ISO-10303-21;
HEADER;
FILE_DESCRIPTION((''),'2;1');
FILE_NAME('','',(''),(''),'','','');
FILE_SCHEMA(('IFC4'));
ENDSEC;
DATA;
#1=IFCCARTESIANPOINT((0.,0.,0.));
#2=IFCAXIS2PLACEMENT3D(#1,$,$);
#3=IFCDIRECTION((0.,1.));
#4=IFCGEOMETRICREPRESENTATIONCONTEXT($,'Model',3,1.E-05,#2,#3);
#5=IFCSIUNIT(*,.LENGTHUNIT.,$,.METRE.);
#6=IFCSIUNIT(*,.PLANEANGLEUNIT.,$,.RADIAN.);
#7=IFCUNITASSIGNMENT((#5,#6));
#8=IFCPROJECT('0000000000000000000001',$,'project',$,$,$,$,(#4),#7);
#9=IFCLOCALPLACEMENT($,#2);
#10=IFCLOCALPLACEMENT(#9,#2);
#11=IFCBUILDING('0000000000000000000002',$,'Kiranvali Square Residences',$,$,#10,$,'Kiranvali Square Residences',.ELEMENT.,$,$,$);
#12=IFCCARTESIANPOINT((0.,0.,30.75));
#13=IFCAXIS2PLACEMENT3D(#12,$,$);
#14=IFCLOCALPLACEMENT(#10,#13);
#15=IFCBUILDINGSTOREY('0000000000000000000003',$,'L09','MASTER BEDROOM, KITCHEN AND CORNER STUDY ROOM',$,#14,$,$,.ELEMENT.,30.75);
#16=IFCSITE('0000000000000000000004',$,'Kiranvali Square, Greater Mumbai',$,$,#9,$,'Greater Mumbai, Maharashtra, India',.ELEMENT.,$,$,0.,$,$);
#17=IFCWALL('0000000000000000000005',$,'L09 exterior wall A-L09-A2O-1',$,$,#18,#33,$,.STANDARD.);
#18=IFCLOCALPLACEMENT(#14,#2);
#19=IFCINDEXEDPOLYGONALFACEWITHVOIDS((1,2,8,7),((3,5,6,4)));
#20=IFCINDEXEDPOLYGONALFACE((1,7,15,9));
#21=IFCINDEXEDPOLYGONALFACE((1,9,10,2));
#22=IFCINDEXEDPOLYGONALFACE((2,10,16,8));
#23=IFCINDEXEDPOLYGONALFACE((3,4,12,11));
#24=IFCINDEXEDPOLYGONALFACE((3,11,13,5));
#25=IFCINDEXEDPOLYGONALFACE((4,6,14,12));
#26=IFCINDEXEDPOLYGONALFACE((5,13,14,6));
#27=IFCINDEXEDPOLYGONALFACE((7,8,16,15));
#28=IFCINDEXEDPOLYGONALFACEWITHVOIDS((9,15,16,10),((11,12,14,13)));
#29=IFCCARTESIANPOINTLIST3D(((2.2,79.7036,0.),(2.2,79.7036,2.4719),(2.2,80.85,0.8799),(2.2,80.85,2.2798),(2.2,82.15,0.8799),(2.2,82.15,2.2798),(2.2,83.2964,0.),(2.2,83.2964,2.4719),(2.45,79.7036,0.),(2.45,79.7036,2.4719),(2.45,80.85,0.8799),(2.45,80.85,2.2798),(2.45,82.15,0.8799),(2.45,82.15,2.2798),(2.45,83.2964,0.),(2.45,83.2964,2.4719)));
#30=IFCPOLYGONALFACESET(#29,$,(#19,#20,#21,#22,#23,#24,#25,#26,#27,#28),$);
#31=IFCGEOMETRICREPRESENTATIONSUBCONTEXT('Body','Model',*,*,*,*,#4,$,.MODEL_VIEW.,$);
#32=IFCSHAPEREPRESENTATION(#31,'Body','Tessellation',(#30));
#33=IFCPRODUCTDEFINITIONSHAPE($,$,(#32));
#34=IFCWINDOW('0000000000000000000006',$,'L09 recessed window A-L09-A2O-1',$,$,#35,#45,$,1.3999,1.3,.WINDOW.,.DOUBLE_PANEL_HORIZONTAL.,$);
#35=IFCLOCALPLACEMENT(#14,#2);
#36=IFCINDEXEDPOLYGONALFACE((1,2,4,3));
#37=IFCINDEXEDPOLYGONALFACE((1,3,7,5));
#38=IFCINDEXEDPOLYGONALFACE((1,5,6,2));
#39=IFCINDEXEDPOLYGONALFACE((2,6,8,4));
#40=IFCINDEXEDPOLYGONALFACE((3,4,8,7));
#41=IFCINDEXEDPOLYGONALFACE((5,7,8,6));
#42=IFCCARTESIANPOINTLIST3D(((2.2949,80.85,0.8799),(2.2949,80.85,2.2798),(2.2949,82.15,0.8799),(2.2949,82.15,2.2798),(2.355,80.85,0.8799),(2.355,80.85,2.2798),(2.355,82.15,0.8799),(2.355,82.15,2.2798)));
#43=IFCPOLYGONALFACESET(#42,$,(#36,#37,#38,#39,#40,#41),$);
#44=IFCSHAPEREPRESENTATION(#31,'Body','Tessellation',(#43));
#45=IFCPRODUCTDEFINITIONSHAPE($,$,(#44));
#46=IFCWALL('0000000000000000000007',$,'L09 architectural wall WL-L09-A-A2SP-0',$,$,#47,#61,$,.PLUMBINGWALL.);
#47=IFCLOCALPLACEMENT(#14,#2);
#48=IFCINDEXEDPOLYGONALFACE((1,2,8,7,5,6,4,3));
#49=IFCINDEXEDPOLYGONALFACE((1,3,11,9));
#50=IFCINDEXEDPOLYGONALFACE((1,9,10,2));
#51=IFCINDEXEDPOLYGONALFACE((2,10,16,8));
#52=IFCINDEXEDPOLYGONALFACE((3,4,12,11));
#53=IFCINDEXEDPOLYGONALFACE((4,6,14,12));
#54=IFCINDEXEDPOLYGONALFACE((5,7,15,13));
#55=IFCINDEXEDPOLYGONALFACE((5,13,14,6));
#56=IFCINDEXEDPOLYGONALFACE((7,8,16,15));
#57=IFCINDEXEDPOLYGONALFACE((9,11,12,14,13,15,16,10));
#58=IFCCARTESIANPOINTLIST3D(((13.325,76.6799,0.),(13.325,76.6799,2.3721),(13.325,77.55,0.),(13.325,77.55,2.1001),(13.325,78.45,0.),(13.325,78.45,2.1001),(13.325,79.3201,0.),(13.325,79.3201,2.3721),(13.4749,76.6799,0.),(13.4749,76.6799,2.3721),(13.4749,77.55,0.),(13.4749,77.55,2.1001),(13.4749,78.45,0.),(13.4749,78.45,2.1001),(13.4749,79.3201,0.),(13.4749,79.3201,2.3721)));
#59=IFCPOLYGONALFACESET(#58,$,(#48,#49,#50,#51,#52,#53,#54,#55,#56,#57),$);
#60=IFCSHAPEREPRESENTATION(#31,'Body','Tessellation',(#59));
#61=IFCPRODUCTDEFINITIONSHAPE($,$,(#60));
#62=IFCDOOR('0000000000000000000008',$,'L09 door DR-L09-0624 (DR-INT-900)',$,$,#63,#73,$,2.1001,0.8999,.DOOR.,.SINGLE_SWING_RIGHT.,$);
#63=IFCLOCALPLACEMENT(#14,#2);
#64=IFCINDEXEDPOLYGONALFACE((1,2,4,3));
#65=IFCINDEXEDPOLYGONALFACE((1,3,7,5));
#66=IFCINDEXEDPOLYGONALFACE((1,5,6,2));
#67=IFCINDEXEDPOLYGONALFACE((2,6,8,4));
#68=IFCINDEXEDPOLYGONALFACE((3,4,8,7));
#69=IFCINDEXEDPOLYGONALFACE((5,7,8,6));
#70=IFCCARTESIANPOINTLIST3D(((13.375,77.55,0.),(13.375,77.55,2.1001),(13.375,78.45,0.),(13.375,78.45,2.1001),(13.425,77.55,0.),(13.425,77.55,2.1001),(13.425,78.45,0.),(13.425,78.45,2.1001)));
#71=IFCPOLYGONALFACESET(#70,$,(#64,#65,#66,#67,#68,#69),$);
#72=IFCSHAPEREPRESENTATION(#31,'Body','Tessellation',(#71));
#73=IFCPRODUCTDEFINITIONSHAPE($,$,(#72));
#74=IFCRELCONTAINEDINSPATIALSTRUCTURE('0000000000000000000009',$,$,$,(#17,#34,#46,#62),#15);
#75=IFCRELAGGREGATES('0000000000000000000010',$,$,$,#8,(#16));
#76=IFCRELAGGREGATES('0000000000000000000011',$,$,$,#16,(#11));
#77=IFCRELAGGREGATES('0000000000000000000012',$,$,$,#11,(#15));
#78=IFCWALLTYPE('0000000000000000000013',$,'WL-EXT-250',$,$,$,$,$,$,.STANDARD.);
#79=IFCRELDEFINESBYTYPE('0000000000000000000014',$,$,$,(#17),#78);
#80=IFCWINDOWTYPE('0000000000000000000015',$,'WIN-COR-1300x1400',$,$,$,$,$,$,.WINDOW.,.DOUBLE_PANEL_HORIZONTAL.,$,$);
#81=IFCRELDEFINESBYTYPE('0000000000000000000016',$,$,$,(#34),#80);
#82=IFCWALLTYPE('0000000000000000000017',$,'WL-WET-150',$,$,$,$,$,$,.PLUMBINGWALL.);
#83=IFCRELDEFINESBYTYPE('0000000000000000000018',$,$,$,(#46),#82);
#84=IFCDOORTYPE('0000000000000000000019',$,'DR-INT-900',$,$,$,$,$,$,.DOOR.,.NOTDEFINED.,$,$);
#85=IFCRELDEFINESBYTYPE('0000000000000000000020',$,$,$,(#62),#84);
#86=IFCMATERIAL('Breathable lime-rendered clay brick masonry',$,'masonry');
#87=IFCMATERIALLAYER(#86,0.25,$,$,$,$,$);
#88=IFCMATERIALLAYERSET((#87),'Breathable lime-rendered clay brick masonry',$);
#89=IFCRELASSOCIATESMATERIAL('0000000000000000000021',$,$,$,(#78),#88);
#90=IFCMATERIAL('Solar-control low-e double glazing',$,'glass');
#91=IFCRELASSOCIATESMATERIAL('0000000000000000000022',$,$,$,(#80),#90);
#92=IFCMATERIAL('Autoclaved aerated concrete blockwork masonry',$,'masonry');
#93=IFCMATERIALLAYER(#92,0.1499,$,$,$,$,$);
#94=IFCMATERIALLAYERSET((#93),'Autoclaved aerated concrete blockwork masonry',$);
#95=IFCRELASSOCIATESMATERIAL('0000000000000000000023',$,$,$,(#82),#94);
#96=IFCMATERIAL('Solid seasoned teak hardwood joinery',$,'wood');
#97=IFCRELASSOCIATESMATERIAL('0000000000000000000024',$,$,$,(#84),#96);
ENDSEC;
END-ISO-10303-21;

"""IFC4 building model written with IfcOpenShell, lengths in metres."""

from ifc_helpers import new_model, si_unit, direction, frame, frame_2d, origin, place, context, subcontext, project, spatial, rectangle, extrude, material, layer, layer_set, type_object, element, fill, save


model = new_model("IFC4")

# Units and contexts
model_context = context("Model", 3, precision=1e-05, world=origin(), true_north=direction((0.0, 1.0)))
body_context = subcontext(model_context, "Body", "Model", "MODEL_VIEW")
ifc_project = project(units=[si_unit("LENGTHUNIT", "METRE"), si_unit("PLANEANGLEUNIT", "RADIAN")], contexts=[model_context])

# Site, building, storey
site_placement = place(None, origin())
site = spatial("IfcSite", under=ifc_project, at=site_placement, Name="Kiranvali Square, Greater Mumbai", LongName="Greater Mumbai, Maharashtra, India", CompositionType="ELEMENT", RefElevation=0.0)
building_placement = place(site_placement, origin())
building = spatial("IfcBuilding", under=site, at=building_placement, Name="Kiranvali Square Residences", LongName="Kiranvali Square Residences", CompositionType="ELEMENT")
storey_placement = place(building_placement, frame((0.0, 0.0, 30.75)))
storey = spatial("IfcBuildingStorey", under=building, at=storey_placement, Name="L09", Description="MASTER BEDROOM, KITCHEN AND CORNER STUDY ROOM", CompositionType="ELEMENT", Elevation=30.75)

# Wall, opening, window
ifc_material_1 = material(Name="Breathable lime-rendered clay brick masonry", Category="masonry")
ifc_layer_1 = layer(ifc_material_1, 0.25)
ifc_layer_set_1 = layer_set([ifc_layer_1], Name="Breathable lime-rendered clay brick masonry")
wall_type_1 = type_object("IfcWallType", Name="WL-EXT-250", PredefinedType="STANDARD", material=ifc_layer_set_1)
wall_1_placement = place(storey_placement, frame((2.325, 83.2964, 0.0), z_axis=(0.0, 0.0, 1.0), x_axis=(0.0, -1.0, 0.0)))
wall_1 = element("IfcWall", 1, at=wall_1_placement, inside=storey, type_object=wall_type_1, Name="L09 exterior wall A-L09-A2O-1", PredefinedType="STANDARD", context=body_context, shape_type="SweptSolid", body=[
    extrude(rectangle(XDim=3.5928, YDim=0.25, at=frame_2d((1.7964, 0.0))), origin(), (0.0, 0.0, 1.0), 2.4719),
])
opening_1_placement = place(wall_1_placement, frame((1.1465, 0.0, 0.8799)))
opening_1 = element("IfcOpeningElement", 2, at=opening_1_placement, cuts=wall_1, PredefinedType="OPENING", context=body_context, shape_type="SweptSolid", body=[
    extrude(rectangle(XDim=1.3, YDim=1.3999, at=frame_2d((0.6499, 0.7))), frame((0.0, 0.135, 0.0), z_axis=(0.0, -1.0, 0.0), x_axis=(1.0, 0.0, 0.0)), (0.0, 0.0, 1.0), 0.27),
])
ifc_material_2 = material(Name="Solar-control low-e double glazing", Category="glass")
window_type = type_object("IfcWindowType", Name="WIN-COR-1300x1400", PartitioningType="DOUBLE_PANEL_HORIZONTAL", PredefinedType="WINDOW", material=ifc_material_2)
window_placement = place(opening_1_placement, origin())
window = element("IfcWindow", 3, at=window_placement, inside=storey, type_object=window_type, Name="L09 recessed window A-L09-A2O-1", OverallHeight=1.3999, OverallWidth=1.3, PartitioningType="DOUBLE_PANEL_HORIZONTAL", PredefinedType="WINDOW", context=body_context, shape_type="SweptSolid", body=[
    extrude(rectangle(XDim=1.3, YDim=1.3999, at=frame_2d((0.6499, 0.7))), frame((0.0, 0.03, 0.0), z_axis=(0.0, -1.0, 0.0), x_axis=(1.0, 0.0, 0.0)), (0.0, 0.0, 1.0), 0.0601),
])
fill(opening_1, window)

# Wall, opening, door
ifc_material_3 = material(Name="Autoclaved aerated concrete blockwork masonry", Category="masonry")
ifc_layer_2 = layer(ifc_material_3, 0.1499)
ifc_layer_set_2 = layer_set([ifc_layer_2], Name="Autoclaved aerated concrete blockwork masonry")
wall_type_2 = type_object("IfcWallType", Name="WL-WET-150", PredefinedType="PLUMBINGWALL", material=ifc_layer_set_2)
wall_2_placement = place(storey_placement, frame((13.3999, 79.3201, 0.0), z_axis=(0.0, 0.0, 1.0), x_axis=(0.0, -1.0, 0.0)))
wall_2 = element("IfcWall", 4, at=wall_2_placement, inside=storey, type_object=wall_type_2, Name="L09 architectural wall WL-L09-A-A2SP-0", PredefinedType="PLUMBINGWALL", context=body_context, shape_type="SweptSolid", body=[
    extrude(rectangle(XDim=2.6401, YDim=0.1499, at=frame_2d((1.3201, 0.0))), origin(), (0.0, 0.0, 1.0), 2.3721),
])
opening_2_placement = place(wall_2_placement, frame((0.8701, 0.0, 0.0)))
opening_2 = element("IfcOpeningElement", 5, at=opening_2_placement, cuts=wall_2, PredefinedType="OPENING", context=body_context, shape_type="SweptSolid", body=[
    extrude(rectangle(XDim=0.8999, YDim=2.1001, at=frame_2d((0.45, 1.05))), frame((0.0, 0.085, 0.0), z_axis=(0.0, -1.0, 0.0), x_axis=(1.0, 0.0, 0.0)), (0.0, 0.0, 1.0), 0.1699),
])
ifc_material_4 = material(Name="Solid seasoned teak hardwood joinery", Category="wood")
door_type = type_object("IfcDoorType", Name="DR-INT-900", OperationType="NOTDEFINED", PredefinedType="DOOR", material=ifc_material_4)
door_placement = place(opening_2_placement, frame((0.8999, 0.0, 0.0), z_axis=(0.0, 0.0, 1.0), x_axis=(-1.0, 0.0, 0.0)))
door = element("IfcDoor", 6, at=door_placement, inside=storey, type_object=door_type, Name="L09 door DR-L09-0624 (DR-INT-900)", OperationType="SINGLE_SWING_RIGHT", OverallHeight=2.1001, OverallWidth=0.8999, PredefinedType="DOOR", context=body_context, shape_type="SweptSolid", body=[
    extrude(rectangle(XDim=0.8999, YDim=2.1001, at=frame_2d((0.45, 1.05))), frame((0.0, 0.0249, 0.0), z_axis=(0.0, -1.0, 0.0), x_axis=(1.0, 0.0, 0.0)), (0.0, 0.0, 1.0), 0.05),
])
fill(opening_2, door)

save(model, "model.ifc")
